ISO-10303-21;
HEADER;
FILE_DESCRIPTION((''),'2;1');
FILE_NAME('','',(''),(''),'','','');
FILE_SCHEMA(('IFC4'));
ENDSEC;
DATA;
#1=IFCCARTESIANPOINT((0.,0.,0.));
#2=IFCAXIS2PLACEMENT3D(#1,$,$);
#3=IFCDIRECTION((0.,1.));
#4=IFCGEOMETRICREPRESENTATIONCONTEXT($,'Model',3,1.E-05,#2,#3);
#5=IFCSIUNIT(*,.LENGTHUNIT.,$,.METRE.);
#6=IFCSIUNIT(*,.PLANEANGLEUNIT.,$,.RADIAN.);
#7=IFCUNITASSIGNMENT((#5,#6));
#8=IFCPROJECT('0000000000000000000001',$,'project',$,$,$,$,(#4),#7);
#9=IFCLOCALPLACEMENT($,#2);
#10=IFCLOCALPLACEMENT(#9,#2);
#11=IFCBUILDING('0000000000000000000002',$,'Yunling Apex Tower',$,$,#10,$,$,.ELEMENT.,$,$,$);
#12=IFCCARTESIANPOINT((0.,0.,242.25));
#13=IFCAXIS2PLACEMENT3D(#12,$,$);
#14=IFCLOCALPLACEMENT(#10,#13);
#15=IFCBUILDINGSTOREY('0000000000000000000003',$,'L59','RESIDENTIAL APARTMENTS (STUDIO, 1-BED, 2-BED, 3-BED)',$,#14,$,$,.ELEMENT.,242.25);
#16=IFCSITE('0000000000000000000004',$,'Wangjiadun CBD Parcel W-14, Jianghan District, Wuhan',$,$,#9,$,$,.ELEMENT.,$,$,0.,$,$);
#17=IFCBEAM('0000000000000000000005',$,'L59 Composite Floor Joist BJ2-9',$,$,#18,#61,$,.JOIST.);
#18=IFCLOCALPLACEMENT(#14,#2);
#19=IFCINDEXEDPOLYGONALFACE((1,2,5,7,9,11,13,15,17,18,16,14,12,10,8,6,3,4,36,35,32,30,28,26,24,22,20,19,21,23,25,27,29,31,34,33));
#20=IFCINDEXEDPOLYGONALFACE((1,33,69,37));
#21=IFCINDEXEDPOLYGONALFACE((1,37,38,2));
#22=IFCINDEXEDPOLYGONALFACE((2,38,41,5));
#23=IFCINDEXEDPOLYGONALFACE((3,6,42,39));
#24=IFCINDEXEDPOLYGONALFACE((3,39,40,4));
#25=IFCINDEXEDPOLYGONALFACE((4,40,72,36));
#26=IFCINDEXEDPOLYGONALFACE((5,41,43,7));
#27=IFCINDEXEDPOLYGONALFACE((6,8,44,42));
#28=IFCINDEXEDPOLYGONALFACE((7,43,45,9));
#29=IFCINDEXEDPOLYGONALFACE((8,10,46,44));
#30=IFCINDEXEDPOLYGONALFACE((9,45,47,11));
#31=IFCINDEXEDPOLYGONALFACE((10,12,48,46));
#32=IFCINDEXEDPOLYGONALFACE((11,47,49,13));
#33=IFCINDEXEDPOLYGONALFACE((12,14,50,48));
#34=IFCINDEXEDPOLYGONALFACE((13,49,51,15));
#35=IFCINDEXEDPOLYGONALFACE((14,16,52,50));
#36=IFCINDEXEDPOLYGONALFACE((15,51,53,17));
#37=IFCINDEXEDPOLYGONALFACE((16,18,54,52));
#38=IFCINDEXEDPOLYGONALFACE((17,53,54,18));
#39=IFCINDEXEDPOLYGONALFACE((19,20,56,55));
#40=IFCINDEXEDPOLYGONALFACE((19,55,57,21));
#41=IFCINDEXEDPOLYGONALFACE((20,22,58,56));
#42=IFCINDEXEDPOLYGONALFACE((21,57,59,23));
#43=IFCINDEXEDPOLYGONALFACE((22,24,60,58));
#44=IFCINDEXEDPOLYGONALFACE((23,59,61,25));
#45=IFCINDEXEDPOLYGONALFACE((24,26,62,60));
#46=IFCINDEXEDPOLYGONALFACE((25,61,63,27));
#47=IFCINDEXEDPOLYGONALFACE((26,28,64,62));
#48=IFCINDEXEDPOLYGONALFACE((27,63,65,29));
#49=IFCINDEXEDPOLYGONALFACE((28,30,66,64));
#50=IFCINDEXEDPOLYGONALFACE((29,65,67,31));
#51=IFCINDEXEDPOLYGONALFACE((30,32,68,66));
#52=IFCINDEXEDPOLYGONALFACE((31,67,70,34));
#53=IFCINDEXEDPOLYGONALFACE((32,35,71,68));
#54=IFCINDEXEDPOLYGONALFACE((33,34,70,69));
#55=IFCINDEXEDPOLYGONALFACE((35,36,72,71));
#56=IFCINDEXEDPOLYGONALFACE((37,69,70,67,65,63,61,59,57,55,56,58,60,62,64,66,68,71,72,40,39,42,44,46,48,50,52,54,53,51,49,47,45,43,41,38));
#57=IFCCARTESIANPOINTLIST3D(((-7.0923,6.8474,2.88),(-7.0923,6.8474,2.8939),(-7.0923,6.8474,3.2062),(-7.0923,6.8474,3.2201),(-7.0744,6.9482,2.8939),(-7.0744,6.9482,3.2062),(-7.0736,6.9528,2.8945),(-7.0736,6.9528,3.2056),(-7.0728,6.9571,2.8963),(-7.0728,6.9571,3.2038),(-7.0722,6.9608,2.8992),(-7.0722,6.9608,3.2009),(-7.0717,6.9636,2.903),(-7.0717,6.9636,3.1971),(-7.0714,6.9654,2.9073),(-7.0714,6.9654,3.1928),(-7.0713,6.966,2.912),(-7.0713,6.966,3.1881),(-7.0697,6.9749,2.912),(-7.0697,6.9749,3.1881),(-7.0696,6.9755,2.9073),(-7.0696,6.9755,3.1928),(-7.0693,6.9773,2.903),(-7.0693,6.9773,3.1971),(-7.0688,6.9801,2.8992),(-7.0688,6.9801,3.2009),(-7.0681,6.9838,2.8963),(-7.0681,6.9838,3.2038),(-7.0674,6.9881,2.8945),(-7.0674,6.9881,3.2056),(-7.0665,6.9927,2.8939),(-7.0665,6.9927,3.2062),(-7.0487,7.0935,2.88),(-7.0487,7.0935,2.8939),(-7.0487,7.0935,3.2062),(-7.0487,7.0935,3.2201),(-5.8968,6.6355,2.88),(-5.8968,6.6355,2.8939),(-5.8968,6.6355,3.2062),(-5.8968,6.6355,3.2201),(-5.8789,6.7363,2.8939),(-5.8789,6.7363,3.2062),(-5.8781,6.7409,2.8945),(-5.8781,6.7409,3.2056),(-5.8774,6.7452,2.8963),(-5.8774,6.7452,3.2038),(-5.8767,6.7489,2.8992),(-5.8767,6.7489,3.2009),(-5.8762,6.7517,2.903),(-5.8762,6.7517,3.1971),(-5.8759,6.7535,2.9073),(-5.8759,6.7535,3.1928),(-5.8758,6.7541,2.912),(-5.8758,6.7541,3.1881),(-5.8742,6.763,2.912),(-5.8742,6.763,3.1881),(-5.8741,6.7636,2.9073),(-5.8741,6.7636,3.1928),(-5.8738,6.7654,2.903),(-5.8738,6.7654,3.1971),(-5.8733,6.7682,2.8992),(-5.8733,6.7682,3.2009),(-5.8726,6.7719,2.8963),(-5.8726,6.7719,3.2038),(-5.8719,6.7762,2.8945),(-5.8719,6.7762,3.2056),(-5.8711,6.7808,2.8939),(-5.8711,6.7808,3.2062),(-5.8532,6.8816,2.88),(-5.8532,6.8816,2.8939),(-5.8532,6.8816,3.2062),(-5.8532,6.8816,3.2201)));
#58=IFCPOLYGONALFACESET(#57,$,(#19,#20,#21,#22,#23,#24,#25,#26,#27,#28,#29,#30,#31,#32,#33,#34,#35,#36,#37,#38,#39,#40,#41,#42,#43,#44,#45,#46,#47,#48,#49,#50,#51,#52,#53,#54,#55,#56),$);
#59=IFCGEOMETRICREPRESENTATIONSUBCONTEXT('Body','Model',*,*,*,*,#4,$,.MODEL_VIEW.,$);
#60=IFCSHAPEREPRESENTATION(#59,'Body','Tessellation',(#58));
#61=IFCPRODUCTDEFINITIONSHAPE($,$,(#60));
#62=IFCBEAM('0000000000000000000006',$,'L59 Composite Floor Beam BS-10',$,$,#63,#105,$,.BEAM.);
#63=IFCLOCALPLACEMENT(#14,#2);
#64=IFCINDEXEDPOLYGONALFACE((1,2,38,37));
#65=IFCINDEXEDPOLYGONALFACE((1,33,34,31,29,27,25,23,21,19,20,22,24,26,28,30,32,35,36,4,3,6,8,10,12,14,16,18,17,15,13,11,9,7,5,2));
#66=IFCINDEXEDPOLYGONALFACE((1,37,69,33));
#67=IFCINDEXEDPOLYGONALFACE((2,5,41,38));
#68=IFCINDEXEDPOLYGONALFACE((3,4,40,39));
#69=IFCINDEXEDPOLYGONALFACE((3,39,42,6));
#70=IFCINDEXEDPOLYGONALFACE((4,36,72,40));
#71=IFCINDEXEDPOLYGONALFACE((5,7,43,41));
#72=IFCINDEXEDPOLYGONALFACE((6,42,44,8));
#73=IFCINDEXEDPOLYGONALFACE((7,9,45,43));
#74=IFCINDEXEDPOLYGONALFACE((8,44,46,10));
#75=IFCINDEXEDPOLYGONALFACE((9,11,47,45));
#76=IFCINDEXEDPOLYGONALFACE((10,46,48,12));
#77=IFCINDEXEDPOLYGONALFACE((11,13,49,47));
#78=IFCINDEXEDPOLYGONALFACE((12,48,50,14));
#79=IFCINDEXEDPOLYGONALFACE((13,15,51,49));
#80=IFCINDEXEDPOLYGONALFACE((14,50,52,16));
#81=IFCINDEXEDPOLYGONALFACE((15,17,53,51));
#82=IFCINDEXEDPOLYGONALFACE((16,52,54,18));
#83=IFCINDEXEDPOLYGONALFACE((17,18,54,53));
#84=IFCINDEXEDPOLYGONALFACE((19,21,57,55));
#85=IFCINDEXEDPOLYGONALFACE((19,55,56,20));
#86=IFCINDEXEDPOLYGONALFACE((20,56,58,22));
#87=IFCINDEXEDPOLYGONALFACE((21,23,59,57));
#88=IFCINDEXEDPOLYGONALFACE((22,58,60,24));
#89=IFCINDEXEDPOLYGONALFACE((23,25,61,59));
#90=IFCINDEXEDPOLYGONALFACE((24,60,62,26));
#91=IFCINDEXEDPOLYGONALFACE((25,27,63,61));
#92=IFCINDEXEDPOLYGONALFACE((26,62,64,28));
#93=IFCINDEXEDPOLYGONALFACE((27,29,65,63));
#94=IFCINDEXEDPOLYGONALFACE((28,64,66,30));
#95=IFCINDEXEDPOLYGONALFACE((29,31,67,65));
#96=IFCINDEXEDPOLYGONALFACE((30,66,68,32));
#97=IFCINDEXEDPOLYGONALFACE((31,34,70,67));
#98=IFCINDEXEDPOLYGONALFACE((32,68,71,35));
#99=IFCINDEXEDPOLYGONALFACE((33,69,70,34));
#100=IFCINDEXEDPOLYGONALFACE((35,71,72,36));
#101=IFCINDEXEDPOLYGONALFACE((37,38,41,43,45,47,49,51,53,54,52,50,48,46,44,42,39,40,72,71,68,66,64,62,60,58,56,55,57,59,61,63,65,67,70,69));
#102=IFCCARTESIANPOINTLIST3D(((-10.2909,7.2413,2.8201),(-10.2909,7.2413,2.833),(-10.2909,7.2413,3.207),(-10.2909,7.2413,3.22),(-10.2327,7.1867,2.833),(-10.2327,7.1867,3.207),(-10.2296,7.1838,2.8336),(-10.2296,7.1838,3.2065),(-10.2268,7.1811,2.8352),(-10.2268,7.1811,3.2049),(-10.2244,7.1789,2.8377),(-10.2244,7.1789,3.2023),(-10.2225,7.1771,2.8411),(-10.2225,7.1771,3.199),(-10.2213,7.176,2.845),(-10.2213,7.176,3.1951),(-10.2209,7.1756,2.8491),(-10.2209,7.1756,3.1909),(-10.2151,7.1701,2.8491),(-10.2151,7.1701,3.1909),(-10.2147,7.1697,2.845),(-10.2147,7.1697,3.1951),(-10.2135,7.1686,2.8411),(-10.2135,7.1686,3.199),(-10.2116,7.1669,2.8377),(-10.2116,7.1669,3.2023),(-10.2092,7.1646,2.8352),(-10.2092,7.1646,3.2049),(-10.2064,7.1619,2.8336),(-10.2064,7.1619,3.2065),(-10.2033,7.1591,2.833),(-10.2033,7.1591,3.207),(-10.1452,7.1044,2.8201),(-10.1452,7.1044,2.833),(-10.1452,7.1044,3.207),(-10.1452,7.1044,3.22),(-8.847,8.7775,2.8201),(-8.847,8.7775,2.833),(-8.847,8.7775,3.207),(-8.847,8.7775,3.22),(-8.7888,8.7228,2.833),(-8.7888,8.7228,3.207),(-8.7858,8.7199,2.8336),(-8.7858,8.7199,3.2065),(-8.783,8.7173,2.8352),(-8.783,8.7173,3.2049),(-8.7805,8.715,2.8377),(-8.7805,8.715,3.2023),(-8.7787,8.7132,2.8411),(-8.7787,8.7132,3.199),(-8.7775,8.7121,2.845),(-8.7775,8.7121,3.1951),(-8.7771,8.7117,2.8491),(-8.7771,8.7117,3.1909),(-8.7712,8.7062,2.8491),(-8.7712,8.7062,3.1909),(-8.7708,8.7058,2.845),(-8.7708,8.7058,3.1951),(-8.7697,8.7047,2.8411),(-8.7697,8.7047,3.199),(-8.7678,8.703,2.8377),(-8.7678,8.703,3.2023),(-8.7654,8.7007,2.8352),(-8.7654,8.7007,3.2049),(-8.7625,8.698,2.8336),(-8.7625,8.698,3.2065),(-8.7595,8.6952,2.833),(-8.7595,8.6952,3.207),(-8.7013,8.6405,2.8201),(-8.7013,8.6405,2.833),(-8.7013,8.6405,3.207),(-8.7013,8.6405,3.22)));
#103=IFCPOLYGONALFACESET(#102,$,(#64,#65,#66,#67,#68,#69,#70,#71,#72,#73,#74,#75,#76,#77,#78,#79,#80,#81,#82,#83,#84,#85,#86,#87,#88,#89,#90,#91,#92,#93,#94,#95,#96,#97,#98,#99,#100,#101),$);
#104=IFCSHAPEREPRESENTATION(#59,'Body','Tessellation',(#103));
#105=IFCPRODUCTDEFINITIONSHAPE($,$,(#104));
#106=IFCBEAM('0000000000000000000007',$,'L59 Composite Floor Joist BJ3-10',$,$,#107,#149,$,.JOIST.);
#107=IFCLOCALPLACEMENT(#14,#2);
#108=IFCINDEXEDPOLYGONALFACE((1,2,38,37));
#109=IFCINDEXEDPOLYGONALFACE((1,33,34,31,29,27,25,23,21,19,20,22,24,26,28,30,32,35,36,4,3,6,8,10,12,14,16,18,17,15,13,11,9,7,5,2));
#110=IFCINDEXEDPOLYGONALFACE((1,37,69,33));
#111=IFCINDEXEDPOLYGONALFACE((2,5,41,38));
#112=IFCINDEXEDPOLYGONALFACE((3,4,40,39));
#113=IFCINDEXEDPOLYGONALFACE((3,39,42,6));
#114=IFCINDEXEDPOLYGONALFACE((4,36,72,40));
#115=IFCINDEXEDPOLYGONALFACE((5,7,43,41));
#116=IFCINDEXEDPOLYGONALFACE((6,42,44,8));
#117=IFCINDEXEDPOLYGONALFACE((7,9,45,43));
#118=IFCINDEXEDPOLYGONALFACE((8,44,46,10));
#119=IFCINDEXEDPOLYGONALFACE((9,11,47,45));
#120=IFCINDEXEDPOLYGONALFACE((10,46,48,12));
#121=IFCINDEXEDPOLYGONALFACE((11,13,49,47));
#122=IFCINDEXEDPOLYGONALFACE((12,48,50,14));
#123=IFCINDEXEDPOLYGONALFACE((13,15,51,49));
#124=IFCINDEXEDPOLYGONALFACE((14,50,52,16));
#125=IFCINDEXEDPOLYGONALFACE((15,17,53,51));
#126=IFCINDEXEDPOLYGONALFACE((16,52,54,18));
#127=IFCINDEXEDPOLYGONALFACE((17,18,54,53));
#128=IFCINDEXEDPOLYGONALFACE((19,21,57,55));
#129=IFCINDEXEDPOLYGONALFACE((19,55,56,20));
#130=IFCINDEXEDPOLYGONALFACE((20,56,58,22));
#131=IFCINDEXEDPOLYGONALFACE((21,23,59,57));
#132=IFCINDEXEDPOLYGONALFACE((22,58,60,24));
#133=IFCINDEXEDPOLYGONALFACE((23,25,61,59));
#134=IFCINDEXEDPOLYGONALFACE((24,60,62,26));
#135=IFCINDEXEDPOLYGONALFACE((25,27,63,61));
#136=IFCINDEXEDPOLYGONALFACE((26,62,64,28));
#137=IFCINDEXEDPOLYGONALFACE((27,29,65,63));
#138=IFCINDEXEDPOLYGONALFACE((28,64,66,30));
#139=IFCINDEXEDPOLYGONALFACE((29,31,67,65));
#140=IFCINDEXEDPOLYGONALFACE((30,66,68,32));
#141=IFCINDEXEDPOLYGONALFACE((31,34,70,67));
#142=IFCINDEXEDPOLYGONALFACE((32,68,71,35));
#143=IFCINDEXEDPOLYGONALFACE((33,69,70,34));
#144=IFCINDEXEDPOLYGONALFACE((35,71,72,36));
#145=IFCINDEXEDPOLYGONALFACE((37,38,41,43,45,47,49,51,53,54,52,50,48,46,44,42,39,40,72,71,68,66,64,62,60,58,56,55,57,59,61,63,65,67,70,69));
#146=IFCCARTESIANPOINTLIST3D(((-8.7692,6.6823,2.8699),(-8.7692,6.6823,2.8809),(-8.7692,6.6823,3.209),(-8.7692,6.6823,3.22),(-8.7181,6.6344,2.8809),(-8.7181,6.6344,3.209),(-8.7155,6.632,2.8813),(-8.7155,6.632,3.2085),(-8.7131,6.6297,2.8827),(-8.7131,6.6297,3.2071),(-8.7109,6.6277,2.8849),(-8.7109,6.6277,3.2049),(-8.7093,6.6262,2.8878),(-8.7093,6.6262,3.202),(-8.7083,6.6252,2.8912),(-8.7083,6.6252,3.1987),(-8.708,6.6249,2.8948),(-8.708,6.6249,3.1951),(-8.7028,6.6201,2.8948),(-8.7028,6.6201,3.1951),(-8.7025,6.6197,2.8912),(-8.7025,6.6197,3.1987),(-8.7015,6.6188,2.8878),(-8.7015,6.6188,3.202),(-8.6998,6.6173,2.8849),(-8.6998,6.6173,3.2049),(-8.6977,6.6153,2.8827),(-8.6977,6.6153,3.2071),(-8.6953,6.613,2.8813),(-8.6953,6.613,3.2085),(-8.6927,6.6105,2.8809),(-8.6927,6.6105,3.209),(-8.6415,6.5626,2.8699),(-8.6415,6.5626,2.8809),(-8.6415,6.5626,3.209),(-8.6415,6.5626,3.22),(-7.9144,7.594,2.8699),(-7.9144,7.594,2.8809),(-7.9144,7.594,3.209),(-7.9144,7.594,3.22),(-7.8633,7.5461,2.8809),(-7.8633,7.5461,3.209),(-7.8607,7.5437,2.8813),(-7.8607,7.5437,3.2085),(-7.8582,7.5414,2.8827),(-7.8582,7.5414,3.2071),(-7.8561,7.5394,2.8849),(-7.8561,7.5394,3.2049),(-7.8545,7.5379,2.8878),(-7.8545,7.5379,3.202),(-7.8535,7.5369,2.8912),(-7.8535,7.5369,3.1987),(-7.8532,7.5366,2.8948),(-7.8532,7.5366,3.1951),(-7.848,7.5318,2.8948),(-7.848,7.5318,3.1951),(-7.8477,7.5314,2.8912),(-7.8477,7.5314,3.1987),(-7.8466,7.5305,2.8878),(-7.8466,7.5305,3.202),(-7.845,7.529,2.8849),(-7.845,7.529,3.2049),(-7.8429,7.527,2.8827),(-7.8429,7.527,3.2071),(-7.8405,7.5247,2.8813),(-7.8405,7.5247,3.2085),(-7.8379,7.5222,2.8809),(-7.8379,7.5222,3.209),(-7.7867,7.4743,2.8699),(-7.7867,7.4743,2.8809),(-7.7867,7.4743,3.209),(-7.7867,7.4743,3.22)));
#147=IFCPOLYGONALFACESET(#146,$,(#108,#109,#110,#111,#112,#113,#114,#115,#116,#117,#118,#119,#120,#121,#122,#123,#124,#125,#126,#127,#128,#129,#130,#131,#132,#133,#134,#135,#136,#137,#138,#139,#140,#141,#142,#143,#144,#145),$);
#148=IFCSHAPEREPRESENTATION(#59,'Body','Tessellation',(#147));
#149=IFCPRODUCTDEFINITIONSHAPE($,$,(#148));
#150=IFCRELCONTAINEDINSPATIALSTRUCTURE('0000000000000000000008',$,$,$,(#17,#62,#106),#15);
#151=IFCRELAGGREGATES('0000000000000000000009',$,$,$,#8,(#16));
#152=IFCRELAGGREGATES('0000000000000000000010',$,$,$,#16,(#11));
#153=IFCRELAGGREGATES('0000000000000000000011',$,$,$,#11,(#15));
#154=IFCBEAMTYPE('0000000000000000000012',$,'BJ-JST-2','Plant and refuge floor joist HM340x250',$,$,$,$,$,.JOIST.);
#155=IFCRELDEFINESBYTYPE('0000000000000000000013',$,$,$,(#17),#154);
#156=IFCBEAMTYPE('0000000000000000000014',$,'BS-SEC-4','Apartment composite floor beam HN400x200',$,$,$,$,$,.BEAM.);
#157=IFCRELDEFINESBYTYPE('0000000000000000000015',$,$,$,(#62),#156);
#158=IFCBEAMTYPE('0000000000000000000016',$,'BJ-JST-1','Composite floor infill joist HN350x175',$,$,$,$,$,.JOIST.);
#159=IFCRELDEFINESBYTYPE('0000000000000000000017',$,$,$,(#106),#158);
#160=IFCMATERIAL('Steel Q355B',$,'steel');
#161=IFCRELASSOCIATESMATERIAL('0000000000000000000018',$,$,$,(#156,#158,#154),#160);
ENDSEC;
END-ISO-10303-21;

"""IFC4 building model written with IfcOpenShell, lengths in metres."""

from ifc_helpers import new_model, si_unit, direction, frame, origin, origin_2d, place, context, subcontext, project, spatial, i_section, extrude, source, transform, mapped, material, material_profile, profile_set, type_object, element, save


model = new_model("IFC4")

# Units and contexts
model_context = context("Model", 3, precision=1e-05, world=origin(), true_north=direction((0.0, 1.0)))
body_context = subcontext(model_context, "Body", "Model", "MODEL_VIEW")
ifc_project = project(units=[si_unit("LENGTHUNIT", "METRE"), si_unit("PLANEANGLEUNIT", "RADIAN")], contexts=[model_context])

# Site, building, storey
site_placement = place(None, origin())
site = spatial("IfcSite", under=ifc_project, at=site_placement, Name="Wangjiadun CBD Parcel W-14, Jianghan District, Wuhan", CompositionType="ELEMENT", RefElevation=0.0)
building_placement = place(site_placement, origin())
building = spatial("IfcBuilding", under=site, at=building_placement, Name="Yunling Apex Tower", CompositionType="ELEMENT")
storey_placement = place(building_placement, frame((0.0, 0.0, 242.25)))
storey = spatial("IfcBuildingStorey", under=building, at=storey_placement, Name="L59", Description="RESIDENTIAL APARTMENTS (STUDIO, 1-BED, 2-BED, 3-BED)", CompositionType="ELEMENT", Elevation=242.25)

# Beams
ifc_material_1 = material(Name="Steel Q355B", Category="steel")
ifc_material_profile_1 = material_profile(ifc_material_1, i_section(OverallWidth=0.2, OverallDepth=0.3999, WebThickness=0.0081, FlangeThickness=0.0129, FilletRadius=0.0161, at=origin_2d()))
ifc_profile_set_1 = profile_set([ifc_material_profile_1], Name="Steel Q355B")
beam_type_1 = type_object("IfcBeamType", Name="BS-SEC-4", Description="Apartment composite floor beam HN400x200", PredefinedType="BEAM", material=ifc_profile_set_1)
ifc_material_profile_2 = material_profile(ifc_material_1, i_section(OverallWidth=0.175, OverallDepth=0.3501, WebThickness=0.0071, FlangeThickness=0.011, FilletRadius=0.0139, at=origin_2d()))
ifc_profile_set_2 = profile_set([ifc_material_profile_2], Name="Steel Q355B")
beam_type_2 = type_object("IfcBeamType", Name="BJ-JST-1", Description="Composite floor infill joist HN350x175", PredefinedType="JOIST", material=ifc_profile_set_2)
ifc_material_profile_3 = material_profile(ifc_material_1, i_section(OverallWidth=0.25, OverallDepth=0.3401, WebThickness=0.009, FlangeThickness=0.0139, FilletRadius=0.0181, at=origin_2d()))
ifc_profile_set_3 = profile_set([ifc_material_profile_3], Name="Steel Q355B")
beam_type_3 = type_object("IfcBeamType", Name="BJ-JST-2", Description="Plant and refuge floor joist HM340x250", PredefinedType="JOIST", material=ifc_profile_set_3)
shared_shape_1 = source(origin(), body_context, "Body", "SweptSolid", [
    extrude(i_section(OverallWidth=0.25, OverallDepth=0.3401, WebThickness=0.009, FlangeThickness=0.0139, FilletRadius=0.0181, at=origin_2d()), origin(), (0.0, 0.0, 1.0), 1.2141),
])
beam_1_placement = place(storey_placement, frame((-5.875, 6.7585, 3.05), z_axis=(-0.984652, 0.174531, 0.0), x_axis=(-0.174531, -0.984652, 0.0)))
element("IfcBeam", 1, at=beam_1_placement, inside=storey, type_object=beam_type_3, Name="L59 Composite Floor Joist BJ2-9", PredefinedType="JOIST", context=body_context, shape_type="MappedRepresentation", body=[
    mapped(shared_shape_1, transform((0.0, 0.0, 0.0), scale=1.0)),
])
shared_shape_2 = source(origin(), body_context, "Body", "SweptSolid", [
    extrude(i_section(OverallWidth=0.2, OverallDepth=0.3999, WebThickness=0.0081, FlangeThickness=0.0129, FilletRadius=0.0161, at=origin_2d()), origin(), (0.0, 0.0, 1.0), 2.1082),
])
beam_2_placement = place(storey_placement, frame((-8.7742, 8.709, 3.02), z_axis=(-0.68488, -0.728655, 0.0), x_axis=(0.728655, -0.68488, 0.0)))
element("IfcBeam", 2, at=beam_2_placement, inside=storey, type_object=beam_type_1, Name="L59 Composite Floor Beam BS-10", PredefinedType="BEAM", context=body_context, shape_type="MappedRepresentation", body=[
    mapped(shared_shape_2, transform((0.0, 0.0, 0.0), scale=1.0)),
])
shared_shape_3 = source(origin(), body_context, "Body", "SweptSolid", [
    extrude(i_section(OverallWidth=0.175, OverallDepth=0.3501, WebThickness=0.0071, FlangeThickness=0.011, FilletRadius=0.0139, at=origin_2d()), origin(), (0.0, 0.0, 1.0), 1.2498),
])
beam_3_placement = place(storey_placement, frame((-7.8506, 7.5342, 3.0449), z_axis=(-0.68398, -0.729501, 0.0), x_axis=(0.729501, -0.68398, 0.0)))
element("IfcBeam", 3, at=beam_3_placement, inside=storey, type_object=beam_type_2, Name="L59 Composite Floor Joist BJ3-10", PredefinedType="JOIST", context=body_context, shape_type="MappedRepresentation", body=[
    mapped(shared_shape_3, transform((0.0, 0.0, 0.0), scale=1.0)),
])

save(model, "model.ifc")
